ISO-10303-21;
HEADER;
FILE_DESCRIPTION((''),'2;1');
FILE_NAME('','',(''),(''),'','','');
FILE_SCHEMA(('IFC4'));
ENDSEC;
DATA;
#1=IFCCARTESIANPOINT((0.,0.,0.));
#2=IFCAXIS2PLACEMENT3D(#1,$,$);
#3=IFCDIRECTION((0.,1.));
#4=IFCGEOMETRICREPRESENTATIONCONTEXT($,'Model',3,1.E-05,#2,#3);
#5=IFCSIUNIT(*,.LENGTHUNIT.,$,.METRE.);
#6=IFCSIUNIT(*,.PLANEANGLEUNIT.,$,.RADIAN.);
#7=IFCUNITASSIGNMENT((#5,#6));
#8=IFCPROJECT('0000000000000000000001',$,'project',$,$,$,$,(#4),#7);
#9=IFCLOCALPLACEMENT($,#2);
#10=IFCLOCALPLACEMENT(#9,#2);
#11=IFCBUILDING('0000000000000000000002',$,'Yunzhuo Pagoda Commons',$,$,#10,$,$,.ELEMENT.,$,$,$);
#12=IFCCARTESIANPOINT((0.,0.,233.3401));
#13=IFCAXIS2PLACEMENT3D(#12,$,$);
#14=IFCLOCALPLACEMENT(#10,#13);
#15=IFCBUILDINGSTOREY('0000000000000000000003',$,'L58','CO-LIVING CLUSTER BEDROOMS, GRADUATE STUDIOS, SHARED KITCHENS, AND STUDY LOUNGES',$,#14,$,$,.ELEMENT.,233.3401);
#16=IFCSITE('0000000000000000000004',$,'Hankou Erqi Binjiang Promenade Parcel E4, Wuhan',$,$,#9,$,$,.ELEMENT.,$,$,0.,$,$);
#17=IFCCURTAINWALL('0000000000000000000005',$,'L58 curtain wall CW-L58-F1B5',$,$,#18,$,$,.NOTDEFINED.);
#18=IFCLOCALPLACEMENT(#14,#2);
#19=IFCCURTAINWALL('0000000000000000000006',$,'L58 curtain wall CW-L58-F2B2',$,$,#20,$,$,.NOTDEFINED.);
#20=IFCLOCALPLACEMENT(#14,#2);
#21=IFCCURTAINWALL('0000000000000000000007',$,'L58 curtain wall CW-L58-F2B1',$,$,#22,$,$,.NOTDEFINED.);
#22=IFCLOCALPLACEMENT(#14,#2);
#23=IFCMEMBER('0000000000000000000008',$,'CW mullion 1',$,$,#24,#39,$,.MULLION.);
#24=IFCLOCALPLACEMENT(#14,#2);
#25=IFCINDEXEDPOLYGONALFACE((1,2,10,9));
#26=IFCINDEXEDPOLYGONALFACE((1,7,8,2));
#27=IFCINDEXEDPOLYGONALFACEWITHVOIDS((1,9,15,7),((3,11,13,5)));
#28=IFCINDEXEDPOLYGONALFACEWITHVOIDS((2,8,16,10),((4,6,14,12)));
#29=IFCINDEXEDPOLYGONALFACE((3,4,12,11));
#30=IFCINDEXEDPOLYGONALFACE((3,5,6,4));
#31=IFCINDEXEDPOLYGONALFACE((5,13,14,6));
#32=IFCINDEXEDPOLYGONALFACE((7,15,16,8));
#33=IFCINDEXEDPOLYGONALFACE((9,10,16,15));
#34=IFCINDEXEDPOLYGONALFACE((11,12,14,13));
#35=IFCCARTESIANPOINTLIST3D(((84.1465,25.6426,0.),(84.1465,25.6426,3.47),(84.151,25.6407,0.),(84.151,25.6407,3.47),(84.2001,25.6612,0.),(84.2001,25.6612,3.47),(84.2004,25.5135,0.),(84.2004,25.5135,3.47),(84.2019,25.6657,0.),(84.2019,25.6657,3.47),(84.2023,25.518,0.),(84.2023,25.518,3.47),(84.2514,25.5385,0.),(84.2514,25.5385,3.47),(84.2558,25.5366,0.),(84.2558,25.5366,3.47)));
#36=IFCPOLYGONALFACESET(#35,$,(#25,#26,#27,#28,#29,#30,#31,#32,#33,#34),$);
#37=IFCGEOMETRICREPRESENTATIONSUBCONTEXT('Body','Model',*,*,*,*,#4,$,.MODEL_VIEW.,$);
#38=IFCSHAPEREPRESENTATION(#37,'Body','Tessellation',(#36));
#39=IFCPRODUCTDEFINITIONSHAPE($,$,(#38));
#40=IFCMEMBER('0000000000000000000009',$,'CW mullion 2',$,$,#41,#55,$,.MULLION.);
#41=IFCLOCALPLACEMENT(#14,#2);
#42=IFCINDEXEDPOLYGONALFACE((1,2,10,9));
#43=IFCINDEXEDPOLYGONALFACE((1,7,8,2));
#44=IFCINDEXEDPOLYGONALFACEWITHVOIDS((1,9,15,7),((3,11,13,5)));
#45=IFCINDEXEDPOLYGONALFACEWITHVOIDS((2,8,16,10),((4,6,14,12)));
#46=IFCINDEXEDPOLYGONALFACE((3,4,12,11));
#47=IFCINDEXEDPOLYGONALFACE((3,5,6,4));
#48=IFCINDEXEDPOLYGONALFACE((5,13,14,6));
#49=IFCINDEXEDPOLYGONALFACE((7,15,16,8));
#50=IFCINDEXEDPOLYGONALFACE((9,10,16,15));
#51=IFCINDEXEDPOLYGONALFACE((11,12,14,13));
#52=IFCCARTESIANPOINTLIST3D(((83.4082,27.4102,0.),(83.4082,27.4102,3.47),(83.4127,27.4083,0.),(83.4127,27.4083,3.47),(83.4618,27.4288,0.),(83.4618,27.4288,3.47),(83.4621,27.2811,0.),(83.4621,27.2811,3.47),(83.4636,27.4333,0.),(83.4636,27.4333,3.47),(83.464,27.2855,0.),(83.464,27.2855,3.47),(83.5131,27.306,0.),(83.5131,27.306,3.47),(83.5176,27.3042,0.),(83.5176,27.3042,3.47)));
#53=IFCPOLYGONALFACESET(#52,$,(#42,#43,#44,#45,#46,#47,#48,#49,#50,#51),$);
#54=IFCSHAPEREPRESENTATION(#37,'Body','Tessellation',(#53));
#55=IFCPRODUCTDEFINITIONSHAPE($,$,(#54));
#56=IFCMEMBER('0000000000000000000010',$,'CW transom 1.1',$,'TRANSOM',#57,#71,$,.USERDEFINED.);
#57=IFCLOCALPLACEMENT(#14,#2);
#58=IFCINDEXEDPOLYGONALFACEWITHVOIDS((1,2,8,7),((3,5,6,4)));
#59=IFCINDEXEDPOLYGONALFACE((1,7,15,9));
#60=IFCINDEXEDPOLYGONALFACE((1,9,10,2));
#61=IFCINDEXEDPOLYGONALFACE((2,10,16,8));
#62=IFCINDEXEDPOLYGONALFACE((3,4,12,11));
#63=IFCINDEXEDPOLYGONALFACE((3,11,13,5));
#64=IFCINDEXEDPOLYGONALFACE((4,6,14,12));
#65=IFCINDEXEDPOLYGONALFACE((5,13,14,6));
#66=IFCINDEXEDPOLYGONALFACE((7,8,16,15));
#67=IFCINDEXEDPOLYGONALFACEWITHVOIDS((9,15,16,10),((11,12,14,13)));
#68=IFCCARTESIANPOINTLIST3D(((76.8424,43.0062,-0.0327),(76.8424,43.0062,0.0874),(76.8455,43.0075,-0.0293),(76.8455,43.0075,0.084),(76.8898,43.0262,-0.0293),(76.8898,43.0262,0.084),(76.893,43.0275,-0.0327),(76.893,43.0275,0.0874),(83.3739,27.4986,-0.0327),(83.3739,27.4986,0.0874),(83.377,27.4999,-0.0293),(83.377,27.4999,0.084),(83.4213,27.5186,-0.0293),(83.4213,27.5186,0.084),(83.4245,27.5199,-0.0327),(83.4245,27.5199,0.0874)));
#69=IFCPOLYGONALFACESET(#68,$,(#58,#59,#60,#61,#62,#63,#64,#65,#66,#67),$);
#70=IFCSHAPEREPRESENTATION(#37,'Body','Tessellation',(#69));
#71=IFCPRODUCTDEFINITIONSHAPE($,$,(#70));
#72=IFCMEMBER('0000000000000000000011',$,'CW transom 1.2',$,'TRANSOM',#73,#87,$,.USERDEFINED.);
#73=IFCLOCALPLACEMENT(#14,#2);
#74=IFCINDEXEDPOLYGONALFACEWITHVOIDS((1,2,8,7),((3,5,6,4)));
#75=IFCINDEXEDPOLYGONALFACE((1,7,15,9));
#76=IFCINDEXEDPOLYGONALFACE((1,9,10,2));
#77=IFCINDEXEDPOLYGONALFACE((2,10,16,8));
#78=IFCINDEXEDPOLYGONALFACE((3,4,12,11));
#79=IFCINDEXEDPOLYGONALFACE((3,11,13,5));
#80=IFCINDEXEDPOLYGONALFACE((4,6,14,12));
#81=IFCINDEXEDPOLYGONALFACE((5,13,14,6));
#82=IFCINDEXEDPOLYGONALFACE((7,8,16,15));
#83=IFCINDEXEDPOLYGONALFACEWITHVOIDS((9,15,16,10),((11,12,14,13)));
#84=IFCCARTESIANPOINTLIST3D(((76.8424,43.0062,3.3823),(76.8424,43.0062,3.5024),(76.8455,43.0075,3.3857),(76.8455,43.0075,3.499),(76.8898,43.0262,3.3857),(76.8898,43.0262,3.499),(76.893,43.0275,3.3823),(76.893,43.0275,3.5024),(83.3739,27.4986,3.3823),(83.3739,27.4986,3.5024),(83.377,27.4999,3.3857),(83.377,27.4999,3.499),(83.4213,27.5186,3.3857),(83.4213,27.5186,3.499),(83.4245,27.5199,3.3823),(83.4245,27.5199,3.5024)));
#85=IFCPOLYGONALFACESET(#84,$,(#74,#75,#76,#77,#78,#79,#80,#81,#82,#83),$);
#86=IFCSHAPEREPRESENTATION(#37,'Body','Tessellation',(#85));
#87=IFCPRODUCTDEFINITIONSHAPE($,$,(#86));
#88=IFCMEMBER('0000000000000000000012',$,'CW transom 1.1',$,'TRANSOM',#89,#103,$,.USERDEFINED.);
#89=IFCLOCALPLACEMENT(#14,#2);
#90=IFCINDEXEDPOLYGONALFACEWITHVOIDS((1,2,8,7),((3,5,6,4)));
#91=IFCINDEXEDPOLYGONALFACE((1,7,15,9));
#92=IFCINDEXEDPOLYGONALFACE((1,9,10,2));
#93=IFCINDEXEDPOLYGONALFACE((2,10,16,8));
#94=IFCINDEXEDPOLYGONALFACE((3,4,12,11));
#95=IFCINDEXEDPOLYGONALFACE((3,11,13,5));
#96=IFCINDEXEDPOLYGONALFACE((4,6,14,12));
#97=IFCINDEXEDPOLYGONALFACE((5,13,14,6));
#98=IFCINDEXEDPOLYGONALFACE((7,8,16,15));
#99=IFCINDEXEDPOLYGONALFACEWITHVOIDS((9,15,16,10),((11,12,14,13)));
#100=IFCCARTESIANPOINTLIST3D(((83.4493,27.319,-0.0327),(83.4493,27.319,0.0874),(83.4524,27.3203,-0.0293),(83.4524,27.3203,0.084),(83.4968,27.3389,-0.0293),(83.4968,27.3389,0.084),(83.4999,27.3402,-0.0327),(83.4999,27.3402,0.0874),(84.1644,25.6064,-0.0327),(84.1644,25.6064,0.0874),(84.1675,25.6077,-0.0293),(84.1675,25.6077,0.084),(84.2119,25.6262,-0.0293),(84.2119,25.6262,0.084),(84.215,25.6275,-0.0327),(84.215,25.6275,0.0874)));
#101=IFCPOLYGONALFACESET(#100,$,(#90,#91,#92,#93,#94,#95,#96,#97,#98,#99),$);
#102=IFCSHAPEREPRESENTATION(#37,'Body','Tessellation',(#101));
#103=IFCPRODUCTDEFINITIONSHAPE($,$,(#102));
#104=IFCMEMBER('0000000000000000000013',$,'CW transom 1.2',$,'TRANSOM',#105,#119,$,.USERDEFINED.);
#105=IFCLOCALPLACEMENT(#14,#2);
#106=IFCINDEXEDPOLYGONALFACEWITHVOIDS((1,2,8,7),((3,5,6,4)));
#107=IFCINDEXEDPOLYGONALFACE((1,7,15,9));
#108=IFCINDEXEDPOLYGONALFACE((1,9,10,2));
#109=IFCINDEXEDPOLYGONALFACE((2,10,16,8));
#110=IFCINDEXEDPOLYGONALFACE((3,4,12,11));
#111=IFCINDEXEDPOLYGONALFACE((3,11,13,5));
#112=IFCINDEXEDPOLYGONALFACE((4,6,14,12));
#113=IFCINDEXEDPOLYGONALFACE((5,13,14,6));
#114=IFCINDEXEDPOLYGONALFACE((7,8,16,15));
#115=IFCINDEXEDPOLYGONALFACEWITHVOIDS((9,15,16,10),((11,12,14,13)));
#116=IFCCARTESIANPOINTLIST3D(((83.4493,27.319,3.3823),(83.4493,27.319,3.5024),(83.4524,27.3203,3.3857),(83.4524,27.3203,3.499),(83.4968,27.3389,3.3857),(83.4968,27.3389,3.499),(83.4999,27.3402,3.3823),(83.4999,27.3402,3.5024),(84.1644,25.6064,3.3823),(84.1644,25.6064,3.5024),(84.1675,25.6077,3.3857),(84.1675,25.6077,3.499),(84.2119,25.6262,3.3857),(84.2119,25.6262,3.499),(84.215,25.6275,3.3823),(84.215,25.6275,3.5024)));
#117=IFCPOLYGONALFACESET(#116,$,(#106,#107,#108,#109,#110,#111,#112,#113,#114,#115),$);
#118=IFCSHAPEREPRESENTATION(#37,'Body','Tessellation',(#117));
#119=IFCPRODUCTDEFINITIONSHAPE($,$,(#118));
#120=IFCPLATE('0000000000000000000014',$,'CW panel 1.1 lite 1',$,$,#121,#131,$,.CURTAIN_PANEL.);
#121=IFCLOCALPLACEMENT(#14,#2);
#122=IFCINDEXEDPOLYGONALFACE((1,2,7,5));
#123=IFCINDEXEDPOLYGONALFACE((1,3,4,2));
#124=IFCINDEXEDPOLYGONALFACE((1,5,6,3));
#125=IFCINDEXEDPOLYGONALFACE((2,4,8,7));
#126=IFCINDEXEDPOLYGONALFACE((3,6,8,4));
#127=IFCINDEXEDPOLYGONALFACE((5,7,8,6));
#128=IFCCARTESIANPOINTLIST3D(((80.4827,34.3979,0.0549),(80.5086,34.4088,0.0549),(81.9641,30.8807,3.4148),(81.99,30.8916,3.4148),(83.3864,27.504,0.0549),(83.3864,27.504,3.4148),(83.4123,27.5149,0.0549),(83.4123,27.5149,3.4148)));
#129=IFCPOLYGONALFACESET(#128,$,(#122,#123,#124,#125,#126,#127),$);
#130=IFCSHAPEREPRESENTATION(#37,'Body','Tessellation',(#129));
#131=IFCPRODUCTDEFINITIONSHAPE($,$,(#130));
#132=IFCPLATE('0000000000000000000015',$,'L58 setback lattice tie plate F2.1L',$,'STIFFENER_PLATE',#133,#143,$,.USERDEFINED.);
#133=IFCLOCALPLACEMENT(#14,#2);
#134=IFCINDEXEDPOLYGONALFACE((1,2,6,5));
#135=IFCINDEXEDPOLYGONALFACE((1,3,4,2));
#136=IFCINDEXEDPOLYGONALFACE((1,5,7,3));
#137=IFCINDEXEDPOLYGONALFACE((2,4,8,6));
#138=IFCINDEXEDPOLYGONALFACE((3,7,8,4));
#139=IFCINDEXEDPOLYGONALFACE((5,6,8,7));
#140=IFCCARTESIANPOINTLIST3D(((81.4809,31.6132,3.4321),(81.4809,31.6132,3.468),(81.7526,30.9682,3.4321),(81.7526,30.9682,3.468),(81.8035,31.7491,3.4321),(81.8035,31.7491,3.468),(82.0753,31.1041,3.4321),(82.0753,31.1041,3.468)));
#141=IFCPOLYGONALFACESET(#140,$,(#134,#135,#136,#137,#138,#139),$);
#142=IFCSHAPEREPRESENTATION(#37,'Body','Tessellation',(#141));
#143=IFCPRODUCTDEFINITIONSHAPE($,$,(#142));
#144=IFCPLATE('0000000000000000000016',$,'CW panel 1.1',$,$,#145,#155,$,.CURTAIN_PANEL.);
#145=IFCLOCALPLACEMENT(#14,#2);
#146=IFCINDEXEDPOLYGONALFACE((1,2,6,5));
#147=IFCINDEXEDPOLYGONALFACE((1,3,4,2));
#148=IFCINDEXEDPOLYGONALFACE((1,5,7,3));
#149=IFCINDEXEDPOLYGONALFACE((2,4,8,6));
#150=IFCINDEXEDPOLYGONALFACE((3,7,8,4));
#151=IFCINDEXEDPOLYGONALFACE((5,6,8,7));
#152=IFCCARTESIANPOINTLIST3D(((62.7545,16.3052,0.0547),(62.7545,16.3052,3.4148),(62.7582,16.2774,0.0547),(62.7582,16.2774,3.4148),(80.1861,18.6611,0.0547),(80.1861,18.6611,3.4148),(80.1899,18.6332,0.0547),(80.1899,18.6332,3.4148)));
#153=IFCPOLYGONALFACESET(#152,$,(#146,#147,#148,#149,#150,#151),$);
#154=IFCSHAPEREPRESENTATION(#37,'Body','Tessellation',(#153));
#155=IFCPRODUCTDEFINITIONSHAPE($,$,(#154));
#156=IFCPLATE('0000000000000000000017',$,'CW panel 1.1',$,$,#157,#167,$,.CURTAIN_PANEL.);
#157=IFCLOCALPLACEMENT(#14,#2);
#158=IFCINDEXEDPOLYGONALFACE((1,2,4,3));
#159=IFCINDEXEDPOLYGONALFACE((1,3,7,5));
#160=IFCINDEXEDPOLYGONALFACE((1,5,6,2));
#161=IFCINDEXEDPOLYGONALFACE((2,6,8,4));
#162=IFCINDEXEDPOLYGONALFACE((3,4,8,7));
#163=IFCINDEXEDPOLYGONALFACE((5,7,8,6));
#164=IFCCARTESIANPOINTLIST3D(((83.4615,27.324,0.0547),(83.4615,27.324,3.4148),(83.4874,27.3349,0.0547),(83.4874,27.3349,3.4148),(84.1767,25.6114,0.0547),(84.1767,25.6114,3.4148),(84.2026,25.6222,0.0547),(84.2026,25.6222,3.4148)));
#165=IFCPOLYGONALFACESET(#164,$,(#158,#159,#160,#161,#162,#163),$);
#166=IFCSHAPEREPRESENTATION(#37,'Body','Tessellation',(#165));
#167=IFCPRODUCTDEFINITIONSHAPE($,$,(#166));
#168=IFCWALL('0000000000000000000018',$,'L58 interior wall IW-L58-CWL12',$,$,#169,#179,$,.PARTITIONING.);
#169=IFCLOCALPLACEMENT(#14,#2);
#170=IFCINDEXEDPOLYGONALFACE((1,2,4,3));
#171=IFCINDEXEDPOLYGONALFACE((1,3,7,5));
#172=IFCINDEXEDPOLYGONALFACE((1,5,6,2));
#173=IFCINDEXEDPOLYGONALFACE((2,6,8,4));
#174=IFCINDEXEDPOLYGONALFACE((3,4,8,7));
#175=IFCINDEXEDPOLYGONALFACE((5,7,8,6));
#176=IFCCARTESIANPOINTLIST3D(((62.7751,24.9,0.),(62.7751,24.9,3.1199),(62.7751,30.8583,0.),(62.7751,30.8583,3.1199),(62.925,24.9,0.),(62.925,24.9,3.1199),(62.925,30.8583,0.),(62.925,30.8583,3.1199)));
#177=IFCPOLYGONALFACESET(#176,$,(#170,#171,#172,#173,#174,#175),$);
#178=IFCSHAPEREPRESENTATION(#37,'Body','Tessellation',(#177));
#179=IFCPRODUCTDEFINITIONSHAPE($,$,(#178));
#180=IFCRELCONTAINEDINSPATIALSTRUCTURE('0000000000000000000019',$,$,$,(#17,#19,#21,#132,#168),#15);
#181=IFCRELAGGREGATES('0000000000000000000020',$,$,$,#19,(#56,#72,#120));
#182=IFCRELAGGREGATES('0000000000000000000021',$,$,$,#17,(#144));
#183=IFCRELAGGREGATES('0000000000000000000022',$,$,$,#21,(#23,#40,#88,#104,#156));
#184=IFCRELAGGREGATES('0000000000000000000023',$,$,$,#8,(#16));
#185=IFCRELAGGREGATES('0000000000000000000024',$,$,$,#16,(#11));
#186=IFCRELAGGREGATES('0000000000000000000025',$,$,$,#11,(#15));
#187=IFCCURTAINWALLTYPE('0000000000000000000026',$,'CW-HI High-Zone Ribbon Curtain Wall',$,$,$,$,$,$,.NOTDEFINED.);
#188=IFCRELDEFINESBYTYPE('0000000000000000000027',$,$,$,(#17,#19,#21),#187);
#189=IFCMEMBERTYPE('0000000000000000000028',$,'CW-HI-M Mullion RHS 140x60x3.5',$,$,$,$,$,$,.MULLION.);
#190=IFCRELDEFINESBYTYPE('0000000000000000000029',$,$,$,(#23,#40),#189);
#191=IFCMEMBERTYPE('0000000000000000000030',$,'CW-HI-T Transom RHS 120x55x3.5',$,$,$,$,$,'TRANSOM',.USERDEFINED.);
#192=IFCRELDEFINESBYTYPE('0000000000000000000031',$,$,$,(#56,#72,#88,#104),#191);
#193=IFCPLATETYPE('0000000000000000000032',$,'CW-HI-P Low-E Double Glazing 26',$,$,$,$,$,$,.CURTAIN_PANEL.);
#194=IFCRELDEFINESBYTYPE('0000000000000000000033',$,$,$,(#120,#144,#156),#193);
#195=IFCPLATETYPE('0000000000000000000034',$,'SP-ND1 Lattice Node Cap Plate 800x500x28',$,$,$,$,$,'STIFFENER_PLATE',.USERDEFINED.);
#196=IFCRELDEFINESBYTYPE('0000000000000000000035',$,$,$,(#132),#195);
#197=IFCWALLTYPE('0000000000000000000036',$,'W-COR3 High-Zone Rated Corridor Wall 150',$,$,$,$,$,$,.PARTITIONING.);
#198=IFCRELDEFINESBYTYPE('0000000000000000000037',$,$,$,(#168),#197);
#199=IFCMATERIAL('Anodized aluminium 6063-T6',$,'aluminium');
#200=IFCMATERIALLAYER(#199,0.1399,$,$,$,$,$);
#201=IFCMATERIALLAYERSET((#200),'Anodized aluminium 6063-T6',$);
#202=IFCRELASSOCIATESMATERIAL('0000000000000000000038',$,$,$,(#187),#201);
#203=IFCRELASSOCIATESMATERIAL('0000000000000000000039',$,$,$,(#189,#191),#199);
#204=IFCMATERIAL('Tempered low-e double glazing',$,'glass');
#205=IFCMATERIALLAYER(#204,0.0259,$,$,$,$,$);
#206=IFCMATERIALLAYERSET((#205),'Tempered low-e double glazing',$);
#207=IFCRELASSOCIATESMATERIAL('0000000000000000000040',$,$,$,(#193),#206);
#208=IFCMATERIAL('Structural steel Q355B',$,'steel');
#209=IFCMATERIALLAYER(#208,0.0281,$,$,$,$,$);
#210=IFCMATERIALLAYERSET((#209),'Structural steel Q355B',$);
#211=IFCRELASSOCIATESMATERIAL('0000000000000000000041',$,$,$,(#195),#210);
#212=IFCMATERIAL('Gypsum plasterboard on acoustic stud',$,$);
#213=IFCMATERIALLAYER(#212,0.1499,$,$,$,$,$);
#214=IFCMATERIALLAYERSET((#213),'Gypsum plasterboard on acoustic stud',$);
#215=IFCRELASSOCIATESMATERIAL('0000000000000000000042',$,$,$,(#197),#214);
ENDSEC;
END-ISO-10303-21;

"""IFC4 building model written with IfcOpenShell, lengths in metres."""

from ifc_helpers import new_model, si_unit, direction, frame, frame_2d, origin, origin_2d, place, context, subcontext, project, spatial, polyline, rectangle, hollow_rectangle, outline, extrude, source, transform, mapped, material, layer, layer_set, material_profile, profile_set, type_object, element, aggregate, save


model = new_model("IFC4")

# Units and contexts
model_context = context("Model", 3, precision=1e-05, world=origin(), true_north=direction((0.0, 1.0)))
body_context = subcontext(model_context, "Body", "Model", "MODEL_VIEW")
ifc_project = project(units=[si_unit("LENGTHUNIT", "METRE"), si_unit("PLANEANGLEUNIT", "RADIAN")], contexts=[model_context])

# Site, building, storey
site_placement = place(None, origin())
site = spatial("IfcSite", under=ifc_project, at=site_placement, Name="Hankou Erqi Binjiang Promenade Parcel E4, Wuhan", CompositionType="ELEMENT", RefElevation=0.0)
building_placement = place(site_placement, origin())
building = spatial("IfcBuilding", under=site, at=building_placement, Name="Yunzhuo Pagoda Commons", CompositionType="ELEMENT")
storey_placement = place(building_placement, frame((0.0, 0.0, 233.3401)))
storey = spatial("IfcBuildingStorey", under=building, at=storey_placement, Name="L58", Description="CO-LIVING CLUSTER BEDROOMS, GRADUATE STUDIOS, SHARED KITCHENS, AND STUDY LOUNGES", CompositionType="ELEMENT", Elevation=233.3401)

# Shared definitions
ifc_material_1 = material(Name="Structural steel Q355B", Category="steel")

# Curtain walls
ifc_material_2 = material(Name="Anodized aluminium 6063-T6", Category="aluminium")
ifc_layer_1 = layer(ifc_material_2, 0.1399)
ifc_layer_set_1 = layer_set([ifc_layer_1], Name="Anodized aluminium 6063-T6")
curtain_wall_type = type_object("IfcCurtainWallType", Name="CW-HI High-Zone Ribbon Curtain Wall", PredefinedType="NOTDEFINED", material=ifc_layer_set_1)
curtain_wall_1_placement = place(storey_placement, origin())
curtain_wall_1 = element("IfcCurtainWall", 1, at=curtain_wall_1_placement, inside=storey, type_object=curtain_wall_type, Name="L58 curtain wall CW-L58-F1B5", PredefinedType="NOTDEFINED")
ifc_material_profile_1 = material_profile(ifc_material_2, hollow_rectangle(XDim=0.0601, YDim=0.1399, WallThickness=0.0034, at=origin_2d()), Name="Anodized aluminium 6063-T6")
ifc_profile_set_1 = profile_set([ifc_material_profile_1], Name="Anodized aluminium 6063-T6")
member_type_1 = type_object("IfcMemberType", Name="CW-HI-M Mullion RHS 140x60x3.5", PredefinedType="MULLION", material=ifc_profile_set_1)
shared_shape_1 = source(origin(), body_context, "Body", "SweptSolid", [
    extrude(hollow_rectangle(XDim=0.0601, YDim=0.1399, WallThickness=0.0034, at=origin_2d()), origin(), (0.0, 0.0, 1.0), 3.47),
])
curtain_wall_2_placement = place(storey_placement, origin())
curtain_wall_2 = element("IfcCurtainWall", 2, at=curtain_wall_2_placement, inside=storey, type_object=curtain_wall_type, Name="L58 curtain wall CW-L58-F2B2", PredefinedType="NOTDEFINED")

# Curtain wall, members
curtain_wall_3_placement = place(storey_placement, origin())
curtain_wall_3 = element("IfcCurtainWall", 3, at=curtain_wall_3_placement, inside=storey, type_object=curtain_wall_type, Name="L58 curtain wall CW-L58-F2B1", PredefinedType="NOTDEFINED")
member_1_placement = place(storey_placement, frame((84.2012, 25.5896, 0.0), z_axis=(0.0, 0.0, 1.0), x_axis=(-0.922773, -0.385345, 0.0)))
member_1 = element("IfcMember", 4, at=member_1_placement, type_object=member_type_1, Name="CW mullion 1", PredefinedType="MULLION", context=body_context, shape_type="MappedRepresentation", body=[
    mapped(shared_shape_1, transform((0.0, 0.0, 0.0), scale=1.0)),
])
member_2_placement = place(storey_placement, frame((83.4629, 27.3572, 0.0), z_axis=(0.0, 0.0, 1.0), x_axis=(-0.922773, -0.385345, 0.0)))
member_2 = element("IfcMember", 5, at=member_2_placement, type_object=member_type_1, Name="CW mullion 2", PredefinedType="MULLION", context=body_context, shape_type="MappedRepresentation", body=[
    mapped(shared_shape_1, transform((0.0, 0.0, 0.0), scale=1.0)),
])

# Members
ifc_material_profile_2 = material_profile(ifc_material_2, hollow_rectangle(XDim=0.0549, YDim=0.1201, WallThickness=0.0034, at=origin_2d()), Name="Anodized aluminium 6063-T6")
ifc_profile_set_2 = profile_set([ifc_material_profile_2], Name="Anodized aluminium 6063-T6")
member_type_2 = type_object("IfcMemberType", Name="CW-HI-T Transom RHS 120x55x3.5", ElementType="TRANSOM", PredefinedType="USERDEFINED", material=ifc_profile_set_2)
shared_shape_2 = source(origin(), body_context, "Body", "SweptSolid", [
    extrude(hollow_rectangle(XDim=0.0549, YDim=0.1201, WallThickness=0.0034, at=origin_2d()), origin(), (0.0, 0.0, 1.0), 16.8269),
])
member_3_placement = place(storey_placement, frame((83.3992, 27.5093, 0.0273), z_axis=(-0.388158, 0.921593, 0.0), x_axis=(-0.921593, -0.388158, 0.0)))
member_3 = element("IfcMember", 6, at=member_3_placement, type_object=member_type_2, Name="CW transom 1.1", ObjectType="TRANSOM", PredefinedType="USERDEFINED", context=body_context, shape_type="MappedRepresentation", body=[
    mapped(shared_shape_2, transform((0.0, 0.0, 0.0), scale=1.0)),
])
member_4_placement = place(storey_placement, frame((83.3992, 27.5093, 3.4424), z_axis=(-0.388158, 0.921593, 0.0), x_axis=(-0.921593, -0.388158, 0.0)))
member_4 = element("IfcMember", 7, at=member_4_placement, type_object=member_type_2, Name="CW transom 1.2", ObjectType="TRANSOM", PredefinedType="USERDEFINED", context=body_context, shape_type="MappedRepresentation", body=[
    mapped(shared_shape_2, transform((0.0, 0.0, 0.0), scale=1.0)),
])
shared_shape_3 = source(origin(), body_context, "Body", "SweptSolid", [
    extrude(hollow_rectangle(XDim=0.0549, YDim=0.1201, WallThickness=0.0034, at=origin_2d()), origin(), (0.0, 0.0, 1.0), 1.856),
])
member_5_placement = place(storey_placement, frame((84.1897, 25.6169, 0.0273), z_axis=(-0.385297, 0.922793, 0.0), x_axis=(-0.922793, -0.385297, 0.0)))
member_5 = element("IfcMember", 8, at=member_5_placement, type_object=member_type_2, Name="CW transom 1.1", ObjectType="TRANSOM", PredefinedType="USERDEFINED", context=body_context, shape_type="MappedRepresentation", body=[
    mapped(shared_shape_3, transform((0.0, 0.0, 0.0), scale=1.0)),
])
member_6_placement = place(storey_placement, frame((84.1897, 25.6169, 3.4424), z_axis=(-0.385297, 0.922793, 0.0), x_axis=(-0.922793, -0.385297, 0.0)))
member_6 = element("IfcMember", 9, at=member_6_placement, type_object=member_type_2, Name="CW transom 1.2", ObjectType="TRANSOM", PredefinedType="USERDEFINED", context=body_context, shape_type="MappedRepresentation", body=[
    mapped(shared_shape_3, transform((0.0, 0.0, 0.0), scale=1.0)),
])

# Plates
ifc_material_3 = material(Name="Tempered low-e double glazing", Category="glass")
ifc_layer_2 = layer(ifc_material_3, 0.0259)
ifc_layer_set_2 = layer_set([ifc_layer_2], Name="Tempered low-e double glazing")
plate_type_1 = type_object("IfcPlateType", Name="CW-HI-P Low-E Double Glazing 26", PredefinedType="CURTAIN_PANEL", material=ifc_layer_set_2)
plate_1_placement = place(storey_placement, frame((81.9346, 30.9509, 1.7349), z_axis=(0.921589, 0.388167, 0.0), x_axis=(-0.388167, 0.921589, 0.0)))
plate_1 = element("IfcPlate", 10, at=plate_1_placement, type_object=plate_type_1, Name="CW panel 1.1 lite 1", PredefinedType="CURTAIN_PANEL", context=body_context, shape_type="SweptSolid", body=[
    extrude(outline(polyline([(-3.7402, -1.6799), (3.7402, -1.6799), (-0.0762, 1.6799), (-3.7402, 1.6799), (-3.7402, -1.6799)])), origin(), (0.0, 0.0, 1.0), 0.0281),
])
aggregate(curtain_wall_2, [member_3, member_4, plate_1])
ifc_layer_3 = layer(ifc_material_1, 0.0281)
ifc_layer_set_3 = layer_set([ifc_layer_3], Name="Structural steel Q355B")
plate_type_2 = type_object("IfcPlateType", Name="SP-ND1 Lattice Node Cap Plate 800x500x28", ElementType="STIFFENER_PLATE", PredefinedType="USERDEFINED", material=ifc_layer_set_3)
shared_shape_4 = source(origin(), body_context, "Body", "SweptSolid", [
    extrude(rectangle(XDim=0.7, YDim=0.3501, at=origin_2d()), origin(), (0.0, 0.0, 1.0), 0.0359),
])
plate_2_placement = place(storey_placement, frame((81.7781, 31.3586, 3.4321), z_axis=(0.0, 0.0, 1.0), x_axis=(-0.388175, 0.921586, 0.0)))
element("IfcPlate", 11, at=plate_2_placement, inside=storey, type_object=plate_type_2, Name="L58 setback lattice tie plate F2.1L", ObjectType="STIFFENER_PLATE", PredefinedType="USERDEFINED", context=body_context, shape_type="MappedRepresentation", body=[
    mapped(shared_shape_4, transform((0.0, 0.0, 0.0), scale=1.0)),
])
shared_shape_5 = source(origin(), body_context, "Body", "SweptSolid", [
    extrude(rectangle(XDim=17.5901, YDim=0.0281, at=origin_2d()), origin(), (0.0, 0.0, 1.0), 3.3601),
])
plate_3_placement = place(storey_placement, frame((71.4722, 17.4692, 0.0547), z_axis=(0.0, 0.0, 1.0), x_axis=(0.990991, 0.13393, 0.0)))
plate_3 = element("IfcPlate", 12, at=plate_3_placement, type_object=plate_type_1, Name="CW panel 1.1", PredefinedType="CURTAIN_PANEL", context=body_context, shape_type="MappedRepresentation", body=[
    mapped(shared_shape_5, transform((0.0, 0.0, 0.0), scale=1.0)),
])
aggregate(curtain_wall_1, [plate_3])
shared_shape_6 = source(origin(), body_context, "Body", "SweptSolid", [
    extrude(rectangle(XDim=1.856, YDim=0.0281, at=origin_2d()), origin(), (0.0, 0.0, 1.0), 3.3601),
])
plate_4_placement = place(storey_placement, frame((83.832, 26.4731, 0.0547), z_axis=(0.0, 0.0, 1.0), x_axis=(-0.385345, 0.922773, 0.0)))
plate_4 = element("IfcPlate", 13, at=plate_4_placement, type_object=plate_type_1, Name="CW panel 1.1", PredefinedType="CURTAIN_PANEL", context=body_context, shape_type="MappedRepresentation", body=[
    mapped(shared_shape_6, transform((0.0, 0.0, 0.0), scale=1.0)),
])
aggregate(curtain_wall_3, [member_1, member_2, member_5, member_6, plate_4])

# Wall
ifc_material_4 = material(Name="Gypsum plasterboard on acoustic stud")
ifc_layer_4 = layer(ifc_material_4, 0.1499)
ifc_layer_set_4 = layer_set([ifc_layer_4], Name="Gypsum plasterboard on acoustic stud")
wall_type_1 = type_object("IfcWallType", Name="W-COR3 High-Zone Rated Corridor Wall 150", PredefinedType="PARTITIONING", material=ifc_layer_set_4)
wall_1_placement = place(storey_placement, frame((62.8501, 30.8582, 0.0), z_axis=(0.0, 0.0, 1.0), x_axis=(0.0, -1.0, 0.0)))
element("IfcWall", 14, at=wall_1_placement, inside=storey, type_object=wall_type_1, Name="L58 interior wall IW-L58-CWL12", PredefinedType="PARTITIONING", context=body_context, shape_type="SweptSolid", body=[
    extrude(rectangle(XDim=5.9583, YDim=0.1499, at=frame_2d((2.979, 0.0))), origin(), (0.0, 0.0, 1.0), 3.1199),
])

save(model, "model.ifc")
